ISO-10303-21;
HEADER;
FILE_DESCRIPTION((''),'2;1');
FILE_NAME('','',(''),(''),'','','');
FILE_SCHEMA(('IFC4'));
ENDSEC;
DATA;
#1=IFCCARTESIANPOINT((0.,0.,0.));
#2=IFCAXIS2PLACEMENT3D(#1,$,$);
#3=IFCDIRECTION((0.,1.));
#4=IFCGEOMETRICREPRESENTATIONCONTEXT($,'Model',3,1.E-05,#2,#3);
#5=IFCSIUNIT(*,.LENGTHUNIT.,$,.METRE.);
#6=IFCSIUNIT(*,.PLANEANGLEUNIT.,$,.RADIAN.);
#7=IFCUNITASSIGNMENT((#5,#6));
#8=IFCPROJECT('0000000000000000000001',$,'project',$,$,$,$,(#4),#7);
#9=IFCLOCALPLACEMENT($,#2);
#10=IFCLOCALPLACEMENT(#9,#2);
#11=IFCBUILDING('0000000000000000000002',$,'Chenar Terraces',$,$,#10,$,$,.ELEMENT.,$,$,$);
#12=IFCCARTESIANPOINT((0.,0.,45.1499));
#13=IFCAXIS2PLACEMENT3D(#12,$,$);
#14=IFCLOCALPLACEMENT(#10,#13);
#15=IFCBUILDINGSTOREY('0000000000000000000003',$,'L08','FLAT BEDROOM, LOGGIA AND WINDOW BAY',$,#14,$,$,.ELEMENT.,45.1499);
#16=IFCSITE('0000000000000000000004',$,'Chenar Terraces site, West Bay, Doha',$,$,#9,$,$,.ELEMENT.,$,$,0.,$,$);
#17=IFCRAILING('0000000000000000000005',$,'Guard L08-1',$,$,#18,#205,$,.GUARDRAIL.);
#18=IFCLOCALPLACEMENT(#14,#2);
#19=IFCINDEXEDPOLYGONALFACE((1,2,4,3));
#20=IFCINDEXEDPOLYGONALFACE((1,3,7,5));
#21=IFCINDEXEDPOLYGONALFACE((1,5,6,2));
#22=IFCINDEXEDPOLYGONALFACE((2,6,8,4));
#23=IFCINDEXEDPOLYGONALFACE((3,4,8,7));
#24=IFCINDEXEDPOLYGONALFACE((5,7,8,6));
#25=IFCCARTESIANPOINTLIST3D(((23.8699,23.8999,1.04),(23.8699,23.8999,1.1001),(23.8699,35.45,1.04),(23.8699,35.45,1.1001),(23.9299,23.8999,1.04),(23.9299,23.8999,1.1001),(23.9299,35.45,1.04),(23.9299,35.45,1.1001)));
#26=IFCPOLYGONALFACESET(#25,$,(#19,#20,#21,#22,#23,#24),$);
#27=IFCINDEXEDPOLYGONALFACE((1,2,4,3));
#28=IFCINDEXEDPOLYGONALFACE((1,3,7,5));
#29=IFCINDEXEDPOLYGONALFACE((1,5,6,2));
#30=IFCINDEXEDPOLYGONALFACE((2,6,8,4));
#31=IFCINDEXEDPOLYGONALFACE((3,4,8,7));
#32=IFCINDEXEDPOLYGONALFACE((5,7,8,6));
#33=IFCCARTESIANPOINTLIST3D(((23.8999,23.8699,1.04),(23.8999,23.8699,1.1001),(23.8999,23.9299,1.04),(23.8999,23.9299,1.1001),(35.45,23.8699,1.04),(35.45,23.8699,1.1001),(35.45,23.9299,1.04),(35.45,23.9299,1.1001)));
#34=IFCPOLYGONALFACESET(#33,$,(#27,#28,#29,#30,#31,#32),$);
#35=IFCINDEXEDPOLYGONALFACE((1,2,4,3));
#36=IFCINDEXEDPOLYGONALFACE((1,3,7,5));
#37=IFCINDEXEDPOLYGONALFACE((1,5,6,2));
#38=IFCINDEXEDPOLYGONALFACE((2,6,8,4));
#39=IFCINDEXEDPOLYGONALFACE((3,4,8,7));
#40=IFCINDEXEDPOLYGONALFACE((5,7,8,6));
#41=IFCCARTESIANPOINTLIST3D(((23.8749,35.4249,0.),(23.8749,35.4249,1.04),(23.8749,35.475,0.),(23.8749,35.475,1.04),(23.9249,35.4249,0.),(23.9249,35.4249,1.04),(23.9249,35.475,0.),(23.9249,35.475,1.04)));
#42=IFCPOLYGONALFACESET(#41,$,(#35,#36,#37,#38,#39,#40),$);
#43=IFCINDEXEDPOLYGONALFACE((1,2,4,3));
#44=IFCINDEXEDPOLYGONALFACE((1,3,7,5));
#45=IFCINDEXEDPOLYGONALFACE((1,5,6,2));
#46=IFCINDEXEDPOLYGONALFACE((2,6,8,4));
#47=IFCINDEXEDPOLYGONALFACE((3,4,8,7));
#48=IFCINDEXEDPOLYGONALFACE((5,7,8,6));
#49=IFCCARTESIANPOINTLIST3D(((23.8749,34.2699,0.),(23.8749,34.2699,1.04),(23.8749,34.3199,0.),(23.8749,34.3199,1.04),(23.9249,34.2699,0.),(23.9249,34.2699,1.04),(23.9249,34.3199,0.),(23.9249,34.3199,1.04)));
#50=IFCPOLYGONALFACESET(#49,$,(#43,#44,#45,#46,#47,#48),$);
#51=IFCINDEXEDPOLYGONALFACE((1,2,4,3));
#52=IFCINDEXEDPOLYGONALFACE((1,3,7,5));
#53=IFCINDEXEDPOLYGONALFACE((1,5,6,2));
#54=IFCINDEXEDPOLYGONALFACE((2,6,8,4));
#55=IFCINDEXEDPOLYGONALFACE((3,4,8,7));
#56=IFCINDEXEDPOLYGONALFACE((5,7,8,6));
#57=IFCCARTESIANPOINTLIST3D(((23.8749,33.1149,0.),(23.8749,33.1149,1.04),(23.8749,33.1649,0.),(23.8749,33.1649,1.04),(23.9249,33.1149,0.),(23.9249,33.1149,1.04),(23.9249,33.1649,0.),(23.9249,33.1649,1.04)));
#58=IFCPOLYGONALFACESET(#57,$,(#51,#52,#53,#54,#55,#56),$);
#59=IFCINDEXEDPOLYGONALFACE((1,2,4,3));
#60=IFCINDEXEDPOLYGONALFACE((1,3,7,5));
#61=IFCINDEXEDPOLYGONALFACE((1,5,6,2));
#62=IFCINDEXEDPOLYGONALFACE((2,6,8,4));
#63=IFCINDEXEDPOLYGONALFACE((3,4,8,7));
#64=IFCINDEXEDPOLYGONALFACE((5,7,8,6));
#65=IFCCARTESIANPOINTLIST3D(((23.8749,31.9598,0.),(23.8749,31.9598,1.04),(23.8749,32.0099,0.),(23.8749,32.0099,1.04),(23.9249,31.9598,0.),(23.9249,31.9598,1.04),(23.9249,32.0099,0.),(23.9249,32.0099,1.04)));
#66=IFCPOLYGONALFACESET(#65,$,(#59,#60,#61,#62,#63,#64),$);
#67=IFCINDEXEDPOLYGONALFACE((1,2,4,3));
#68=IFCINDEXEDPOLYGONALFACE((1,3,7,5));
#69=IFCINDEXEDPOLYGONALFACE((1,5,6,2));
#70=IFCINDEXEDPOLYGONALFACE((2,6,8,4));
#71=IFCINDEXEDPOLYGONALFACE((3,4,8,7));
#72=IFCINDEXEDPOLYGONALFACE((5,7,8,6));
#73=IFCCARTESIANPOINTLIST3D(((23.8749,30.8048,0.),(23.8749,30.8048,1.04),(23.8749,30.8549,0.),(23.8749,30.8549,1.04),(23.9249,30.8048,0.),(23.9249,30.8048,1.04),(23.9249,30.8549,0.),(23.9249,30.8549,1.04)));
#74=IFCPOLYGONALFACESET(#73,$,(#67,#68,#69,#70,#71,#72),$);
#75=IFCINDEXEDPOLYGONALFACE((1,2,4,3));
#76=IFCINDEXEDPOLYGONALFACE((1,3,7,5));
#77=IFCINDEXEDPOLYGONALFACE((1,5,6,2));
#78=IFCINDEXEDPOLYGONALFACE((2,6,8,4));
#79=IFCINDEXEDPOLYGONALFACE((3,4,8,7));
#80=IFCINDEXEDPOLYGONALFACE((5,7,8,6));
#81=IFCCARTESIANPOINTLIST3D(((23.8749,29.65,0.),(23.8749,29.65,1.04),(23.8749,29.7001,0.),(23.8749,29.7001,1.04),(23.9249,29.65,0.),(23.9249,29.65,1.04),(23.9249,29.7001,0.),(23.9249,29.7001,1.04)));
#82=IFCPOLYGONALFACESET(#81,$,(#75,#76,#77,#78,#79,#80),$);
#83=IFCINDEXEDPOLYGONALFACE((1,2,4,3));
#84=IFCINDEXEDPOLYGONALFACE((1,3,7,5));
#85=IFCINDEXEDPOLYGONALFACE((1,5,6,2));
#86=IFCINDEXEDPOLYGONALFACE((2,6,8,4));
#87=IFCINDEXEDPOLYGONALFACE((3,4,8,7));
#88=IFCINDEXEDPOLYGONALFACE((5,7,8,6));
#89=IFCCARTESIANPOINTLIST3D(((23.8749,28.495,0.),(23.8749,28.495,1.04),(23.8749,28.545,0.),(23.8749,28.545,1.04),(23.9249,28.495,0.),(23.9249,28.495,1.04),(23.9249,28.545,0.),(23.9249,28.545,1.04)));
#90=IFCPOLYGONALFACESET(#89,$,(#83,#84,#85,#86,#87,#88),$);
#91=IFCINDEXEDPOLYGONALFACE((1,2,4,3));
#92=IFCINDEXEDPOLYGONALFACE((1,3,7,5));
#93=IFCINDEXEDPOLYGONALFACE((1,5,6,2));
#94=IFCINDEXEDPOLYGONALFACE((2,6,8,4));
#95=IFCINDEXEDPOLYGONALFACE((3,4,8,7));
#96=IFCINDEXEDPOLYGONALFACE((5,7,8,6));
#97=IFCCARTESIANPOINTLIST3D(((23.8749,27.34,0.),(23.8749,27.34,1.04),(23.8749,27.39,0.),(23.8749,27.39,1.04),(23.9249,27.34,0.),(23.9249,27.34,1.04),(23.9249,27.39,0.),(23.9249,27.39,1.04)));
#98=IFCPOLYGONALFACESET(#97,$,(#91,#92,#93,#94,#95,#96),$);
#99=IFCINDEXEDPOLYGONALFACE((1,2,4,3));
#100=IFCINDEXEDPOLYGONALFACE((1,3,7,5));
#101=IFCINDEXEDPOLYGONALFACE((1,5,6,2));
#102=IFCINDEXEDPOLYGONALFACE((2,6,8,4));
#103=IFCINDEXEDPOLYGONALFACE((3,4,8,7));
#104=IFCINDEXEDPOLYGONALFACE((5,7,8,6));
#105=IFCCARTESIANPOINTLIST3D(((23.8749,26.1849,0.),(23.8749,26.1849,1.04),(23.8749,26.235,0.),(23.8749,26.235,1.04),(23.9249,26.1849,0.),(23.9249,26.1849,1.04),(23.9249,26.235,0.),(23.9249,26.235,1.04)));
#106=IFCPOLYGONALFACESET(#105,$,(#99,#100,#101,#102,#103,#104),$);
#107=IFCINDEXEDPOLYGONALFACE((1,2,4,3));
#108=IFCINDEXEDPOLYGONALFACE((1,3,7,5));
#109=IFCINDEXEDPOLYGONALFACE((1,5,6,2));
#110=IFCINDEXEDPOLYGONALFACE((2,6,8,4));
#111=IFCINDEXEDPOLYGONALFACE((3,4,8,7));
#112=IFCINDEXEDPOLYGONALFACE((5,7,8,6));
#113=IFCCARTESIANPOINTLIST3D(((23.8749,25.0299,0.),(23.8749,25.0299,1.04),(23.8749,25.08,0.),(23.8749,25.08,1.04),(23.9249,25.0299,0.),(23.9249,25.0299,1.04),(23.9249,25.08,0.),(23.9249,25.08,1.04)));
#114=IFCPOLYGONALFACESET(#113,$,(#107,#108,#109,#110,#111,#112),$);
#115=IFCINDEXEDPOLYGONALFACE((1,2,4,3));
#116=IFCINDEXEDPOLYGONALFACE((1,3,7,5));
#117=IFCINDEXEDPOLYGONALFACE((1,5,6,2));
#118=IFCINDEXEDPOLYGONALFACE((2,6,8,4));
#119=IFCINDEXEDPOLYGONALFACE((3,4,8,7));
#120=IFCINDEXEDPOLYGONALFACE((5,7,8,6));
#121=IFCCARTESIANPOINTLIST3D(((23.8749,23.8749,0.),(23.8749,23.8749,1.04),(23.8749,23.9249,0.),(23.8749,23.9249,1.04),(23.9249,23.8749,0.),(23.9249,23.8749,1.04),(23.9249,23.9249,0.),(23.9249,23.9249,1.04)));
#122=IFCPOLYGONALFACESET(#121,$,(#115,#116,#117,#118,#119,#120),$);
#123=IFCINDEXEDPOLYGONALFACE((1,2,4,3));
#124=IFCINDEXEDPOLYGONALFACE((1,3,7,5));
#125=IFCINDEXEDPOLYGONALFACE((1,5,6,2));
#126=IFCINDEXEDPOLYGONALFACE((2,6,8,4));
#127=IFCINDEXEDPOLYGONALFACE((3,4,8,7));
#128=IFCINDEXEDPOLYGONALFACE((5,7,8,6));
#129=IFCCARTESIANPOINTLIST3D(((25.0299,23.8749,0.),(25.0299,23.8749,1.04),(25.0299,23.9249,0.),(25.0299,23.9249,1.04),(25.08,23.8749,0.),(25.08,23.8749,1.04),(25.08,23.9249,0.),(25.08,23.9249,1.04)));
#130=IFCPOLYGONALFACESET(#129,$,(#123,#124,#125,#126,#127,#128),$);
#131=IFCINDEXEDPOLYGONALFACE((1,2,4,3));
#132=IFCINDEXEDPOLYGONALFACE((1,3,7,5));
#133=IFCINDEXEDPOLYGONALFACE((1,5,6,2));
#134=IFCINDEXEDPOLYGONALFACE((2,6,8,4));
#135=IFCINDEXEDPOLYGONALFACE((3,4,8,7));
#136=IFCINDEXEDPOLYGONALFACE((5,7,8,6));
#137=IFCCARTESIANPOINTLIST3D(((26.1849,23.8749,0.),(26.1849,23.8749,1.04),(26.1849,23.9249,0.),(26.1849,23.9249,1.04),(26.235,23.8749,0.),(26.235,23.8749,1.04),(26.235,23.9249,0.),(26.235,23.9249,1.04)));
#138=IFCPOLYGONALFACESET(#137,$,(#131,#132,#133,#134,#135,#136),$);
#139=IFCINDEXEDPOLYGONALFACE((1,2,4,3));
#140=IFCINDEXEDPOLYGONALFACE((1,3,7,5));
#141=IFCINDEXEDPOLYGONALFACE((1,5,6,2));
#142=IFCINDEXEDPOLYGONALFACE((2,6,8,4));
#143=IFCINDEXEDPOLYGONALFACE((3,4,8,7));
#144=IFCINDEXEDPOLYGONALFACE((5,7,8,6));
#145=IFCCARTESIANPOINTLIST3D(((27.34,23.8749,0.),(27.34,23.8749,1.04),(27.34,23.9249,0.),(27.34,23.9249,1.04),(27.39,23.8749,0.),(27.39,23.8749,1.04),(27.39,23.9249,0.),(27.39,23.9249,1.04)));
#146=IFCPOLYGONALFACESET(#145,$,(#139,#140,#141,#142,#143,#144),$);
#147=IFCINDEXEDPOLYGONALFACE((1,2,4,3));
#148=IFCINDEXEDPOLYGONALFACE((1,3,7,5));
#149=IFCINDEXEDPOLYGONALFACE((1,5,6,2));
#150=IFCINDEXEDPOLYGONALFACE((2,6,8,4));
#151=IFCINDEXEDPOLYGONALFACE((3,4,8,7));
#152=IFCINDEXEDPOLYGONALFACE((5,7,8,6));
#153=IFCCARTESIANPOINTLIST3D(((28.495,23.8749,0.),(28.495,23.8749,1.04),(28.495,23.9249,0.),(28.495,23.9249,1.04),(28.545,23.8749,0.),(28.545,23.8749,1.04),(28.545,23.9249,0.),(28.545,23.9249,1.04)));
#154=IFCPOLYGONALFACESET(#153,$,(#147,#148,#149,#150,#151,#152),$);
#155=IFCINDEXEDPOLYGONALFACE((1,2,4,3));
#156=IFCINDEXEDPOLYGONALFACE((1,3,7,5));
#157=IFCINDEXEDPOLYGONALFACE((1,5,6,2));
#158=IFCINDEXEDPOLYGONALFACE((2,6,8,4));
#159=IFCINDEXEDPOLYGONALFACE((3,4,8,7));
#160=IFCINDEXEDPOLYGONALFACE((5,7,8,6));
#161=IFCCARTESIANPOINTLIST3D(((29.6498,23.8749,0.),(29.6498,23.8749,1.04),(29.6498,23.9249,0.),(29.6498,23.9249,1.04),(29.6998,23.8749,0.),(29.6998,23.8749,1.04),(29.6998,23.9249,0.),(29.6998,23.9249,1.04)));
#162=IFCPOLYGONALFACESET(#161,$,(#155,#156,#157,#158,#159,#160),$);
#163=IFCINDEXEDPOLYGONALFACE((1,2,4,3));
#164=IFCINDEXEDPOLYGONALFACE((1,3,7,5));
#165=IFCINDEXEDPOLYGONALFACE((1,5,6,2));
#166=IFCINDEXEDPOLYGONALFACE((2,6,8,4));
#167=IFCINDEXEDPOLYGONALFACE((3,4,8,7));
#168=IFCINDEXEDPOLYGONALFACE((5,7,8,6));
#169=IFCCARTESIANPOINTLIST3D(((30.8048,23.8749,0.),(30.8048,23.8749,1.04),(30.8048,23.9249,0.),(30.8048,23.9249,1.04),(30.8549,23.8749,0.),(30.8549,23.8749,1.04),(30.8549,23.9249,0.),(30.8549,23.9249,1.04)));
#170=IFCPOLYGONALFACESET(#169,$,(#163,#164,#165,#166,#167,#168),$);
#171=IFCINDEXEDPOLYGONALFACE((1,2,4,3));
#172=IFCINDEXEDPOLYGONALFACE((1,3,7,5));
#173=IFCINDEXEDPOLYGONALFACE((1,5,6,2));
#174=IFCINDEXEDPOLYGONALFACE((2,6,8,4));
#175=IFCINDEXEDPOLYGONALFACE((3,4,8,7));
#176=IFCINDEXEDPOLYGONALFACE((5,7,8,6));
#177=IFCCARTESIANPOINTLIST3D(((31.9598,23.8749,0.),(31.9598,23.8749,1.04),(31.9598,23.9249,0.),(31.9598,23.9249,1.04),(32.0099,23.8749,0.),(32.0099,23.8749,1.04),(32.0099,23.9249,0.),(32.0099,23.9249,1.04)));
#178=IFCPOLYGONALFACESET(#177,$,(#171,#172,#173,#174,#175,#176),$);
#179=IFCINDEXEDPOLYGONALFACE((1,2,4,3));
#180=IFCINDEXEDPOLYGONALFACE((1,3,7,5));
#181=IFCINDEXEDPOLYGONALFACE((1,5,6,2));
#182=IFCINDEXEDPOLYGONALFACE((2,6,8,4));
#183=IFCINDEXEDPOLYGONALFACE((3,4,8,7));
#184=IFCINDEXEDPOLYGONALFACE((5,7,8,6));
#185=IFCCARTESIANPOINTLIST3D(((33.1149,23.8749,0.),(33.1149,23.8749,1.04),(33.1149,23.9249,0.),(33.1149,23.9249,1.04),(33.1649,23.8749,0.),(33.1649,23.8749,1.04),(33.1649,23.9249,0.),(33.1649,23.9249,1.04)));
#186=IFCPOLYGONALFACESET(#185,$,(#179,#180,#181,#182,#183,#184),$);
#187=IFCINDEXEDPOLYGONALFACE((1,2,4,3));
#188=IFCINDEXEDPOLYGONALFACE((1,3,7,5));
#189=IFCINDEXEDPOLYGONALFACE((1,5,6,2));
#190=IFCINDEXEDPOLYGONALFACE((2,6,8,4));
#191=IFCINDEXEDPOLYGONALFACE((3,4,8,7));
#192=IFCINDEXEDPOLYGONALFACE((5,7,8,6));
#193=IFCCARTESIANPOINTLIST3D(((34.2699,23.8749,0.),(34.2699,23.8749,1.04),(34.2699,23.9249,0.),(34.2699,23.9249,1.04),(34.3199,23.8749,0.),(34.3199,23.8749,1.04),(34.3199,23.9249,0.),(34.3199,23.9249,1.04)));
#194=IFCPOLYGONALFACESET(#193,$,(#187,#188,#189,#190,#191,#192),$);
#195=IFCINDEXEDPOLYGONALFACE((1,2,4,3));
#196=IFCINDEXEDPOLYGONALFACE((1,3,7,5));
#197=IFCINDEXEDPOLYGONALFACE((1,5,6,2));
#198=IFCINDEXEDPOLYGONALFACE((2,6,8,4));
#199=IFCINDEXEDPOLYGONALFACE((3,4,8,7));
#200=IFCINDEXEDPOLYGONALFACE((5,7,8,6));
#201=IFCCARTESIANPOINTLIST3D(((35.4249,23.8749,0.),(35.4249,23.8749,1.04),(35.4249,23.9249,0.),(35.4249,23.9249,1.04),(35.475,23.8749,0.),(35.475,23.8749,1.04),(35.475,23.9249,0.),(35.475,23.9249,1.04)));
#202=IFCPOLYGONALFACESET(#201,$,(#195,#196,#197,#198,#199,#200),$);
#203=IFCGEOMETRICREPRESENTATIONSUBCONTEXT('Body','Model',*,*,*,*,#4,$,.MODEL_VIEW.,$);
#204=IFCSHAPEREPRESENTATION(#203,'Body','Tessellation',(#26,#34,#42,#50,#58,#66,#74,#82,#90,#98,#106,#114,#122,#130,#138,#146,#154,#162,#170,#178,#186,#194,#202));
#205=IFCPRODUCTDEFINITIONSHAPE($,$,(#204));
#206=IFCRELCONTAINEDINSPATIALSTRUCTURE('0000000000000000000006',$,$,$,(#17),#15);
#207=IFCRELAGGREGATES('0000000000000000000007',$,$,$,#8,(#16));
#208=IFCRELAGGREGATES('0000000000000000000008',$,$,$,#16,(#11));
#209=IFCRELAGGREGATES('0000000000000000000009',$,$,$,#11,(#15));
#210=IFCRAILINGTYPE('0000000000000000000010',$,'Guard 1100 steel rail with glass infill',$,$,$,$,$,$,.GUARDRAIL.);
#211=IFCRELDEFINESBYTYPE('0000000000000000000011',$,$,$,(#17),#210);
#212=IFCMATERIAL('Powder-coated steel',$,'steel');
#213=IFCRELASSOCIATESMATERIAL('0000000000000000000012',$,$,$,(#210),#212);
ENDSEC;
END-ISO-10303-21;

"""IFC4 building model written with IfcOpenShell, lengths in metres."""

from ifc_helpers import new_model, si_unit, direction, frame, origin, origin_2d, place, context, subcontext, project, spatial, rectangle, extrude, material, type_object, element, save


model = new_model("IFC4")

# Units and contexts
model_context = context("Model", 3, precision=1e-05, world=origin(), true_north=direction((0.0, 1.0)))
body_context = subcontext(model_context, "Body", "Model", "MODEL_VIEW")
ifc_project = project(units=[si_unit("LENGTHUNIT", "METRE"), si_unit("PLANEANGLEUNIT", "RADIAN")], contexts=[model_context])

# Site, building, storey
site_placement = place(None, origin())
site = spatial("IfcSite", under=ifc_project, at=site_placement, Name="Chenar Terraces site, West Bay, Doha", CompositionType="ELEMENT", RefElevation=0.0)
building_placement = place(site_placement, origin())
building = spatial("IfcBuilding", under=site, at=building_placement, Name="Chenar Terraces", CompositionType="ELEMENT")
storey_placement = place(building_placement, frame((0.0, 0.0, 45.1499)))
storey = spatial("IfcBuildingStorey", under=building, at=storey_placement, Name="L08", Description="FLAT BEDROOM, LOGGIA AND WINDOW BAY", CompositionType="ELEMENT", Elevation=45.1499)

# Railing
ifc_material_1 = material(Name="Powder-coated steel", Category="steel")
railing_type = type_object("IfcRailingType", Name="Guard 1100 steel rail with glass infill", PredefinedType="GUARDRAIL", material=ifc_material_1)
railing_placement = place(storey_placement, frame((23.8999, 35.45, 0.0)))
element("IfcRailing", 1, at=railing_placement, inside=storey, type_object=railing_type, Name="Guard L08-1", PredefinedType="GUARDRAIL", context=body_context, shape_type="SweptSolid", body=[
    extrude(rectangle(XDim=0.0601, YDim=0.0601, at=origin_2d()), frame((0.0, 0.0, 1.0701), z_axis=(0.0, -1.0, 0.0), x_axis=(1.0, 0.0, 0.0)), (0.0, 0.0, 1.0), 11.55),
    extrude(rectangle(XDim=0.0601, YDim=0.0601, at=origin_2d()), frame((0.0, -11.55, 1.0701), z_axis=(1.0, 0.0, 0.0), x_axis=(0.0, 1.0, 0.0)), (0.0, 0.0, 1.0), 11.55),
    extrude(rectangle(XDim=0.05, YDim=0.05, at=origin_2d()), origin(), (0.0, 0.0, 1.0), 1.04),
    extrude(rectangle(XDim=0.05, YDim=0.05, at=origin_2d()), frame((0.0, -1.155, 0.0)), (0.0, 0.0, 1.0), 1.04),
    extrude(rectangle(XDim=0.05, YDim=0.05, at=origin_2d()), frame((0.0, -2.3101, 0.0)), (0.0, 0.0, 1.0), 1.04),
    extrude(rectangle(XDim=0.05, YDim=0.05, at=origin_2d()), frame((0.0, -3.4651, 0.0)), (0.0, 0.0, 1.0), 1.04),
    extrude(rectangle(XDim=0.05, YDim=0.05, at=origin_2d()), frame((0.0, -4.6201, 0.0)), (0.0, 0.0, 1.0), 1.04),
    extrude(rectangle(XDim=0.05, YDim=0.05, at=origin_2d()), frame((0.0, -5.7749, 0.0)), (0.0, 0.0, 1.0), 1.04),
    extrude(rectangle(XDim=0.05, YDim=0.05, at=origin_2d()), frame((0.0, -6.9299, 0.0)), (0.0, 0.0, 1.0), 1.04),
    extrude(rectangle(XDim=0.05, YDim=0.05, at=origin_2d()), frame((0.0, -8.085, 0.0)), (0.0, 0.0, 1.0), 1.04),
    extrude(rectangle(XDim=0.05, YDim=0.05, at=origin_2d()), frame((0.0, -9.24, 0.0)), (0.0, 0.0, 1.0), 1.04),
    extrude(rectangle(XDim=0.05, YDim=0.05, at=origin_2d()), frame((0.0, -10.395, 0.0)), (0.0, 0.0, 1.0), 1.04),
    extrude(rectangle(XDim=0.05, YDim=0.05, at=origin_2d()), frame((0.0, -11.55, 0.0)), (0.0, 0.0, 1.0), 1.04),
    extrude(rectangle(XDim=0.05, YDim=0.05, at=origin_2d()), frame((1.155, -11.55, 0.0)), (0.0, 0.0, 1.0), 1.04),
    extrude(rectangle(XDim=0.05, YDim=0.05, at=origin_2d()), frame((2.3101, -11.55, 0.0)), (0.0, 0.0, 1.0), 1.04),
    extrude(rectangle(XDim=0.05, YDim=0.05, at=origin_2d()), frame((3.4651, -11.55, 0.0)), (0.0, 0.0, 1.0), 1.04),
    extrude(rectangle(XDim=0.05, YDim=0.05, at=origin_2d()), frame((4.6201, -11.55, 0.0)), (0.0, 0.0, 1.0), 1.04),
    extrude(rectangle(XDim=0.05, YDim=0.05, at=origin_2d()), frame((5.7749, -11.55, 0.0)), (0.0, 0.0, 1.0), 1.04),
    extrude(rectangle(XDim=0.05, YDim=0.05, at=origin_2d()), frame((6.9299, -11.55, 0.0)), (0.0, 0.0, 1.0), 1.04),
    extrude(rectangle(XDim=0.05, YDim=0.05, at=origin_2d()), frame((8.085, -11.55, 0.0)), (0.0, 0.0, 1.0), 1.04),
    extrude(rectangle(XDim=0.05, YDim=0.05, at=origin_2d()), frame((9.24, -11.55, 0.0)), (0.0, 0.0, 1.0), 1.04),
    extrude(rectangle(XDim=0.05, YDim=0.05, at=origin_2d()), frame((10.395, -11.55, 0.0)), (0.0, 0.0, 1.0), 1.04),
    extrude(rectangle(XDim=0.05, YDim=0.05, at=origin_2d()), frame((11.55, -11.55, 0.0)), (0.0, 0.0, 1.0), 1.04),
])

save(model, "model.ifc")
